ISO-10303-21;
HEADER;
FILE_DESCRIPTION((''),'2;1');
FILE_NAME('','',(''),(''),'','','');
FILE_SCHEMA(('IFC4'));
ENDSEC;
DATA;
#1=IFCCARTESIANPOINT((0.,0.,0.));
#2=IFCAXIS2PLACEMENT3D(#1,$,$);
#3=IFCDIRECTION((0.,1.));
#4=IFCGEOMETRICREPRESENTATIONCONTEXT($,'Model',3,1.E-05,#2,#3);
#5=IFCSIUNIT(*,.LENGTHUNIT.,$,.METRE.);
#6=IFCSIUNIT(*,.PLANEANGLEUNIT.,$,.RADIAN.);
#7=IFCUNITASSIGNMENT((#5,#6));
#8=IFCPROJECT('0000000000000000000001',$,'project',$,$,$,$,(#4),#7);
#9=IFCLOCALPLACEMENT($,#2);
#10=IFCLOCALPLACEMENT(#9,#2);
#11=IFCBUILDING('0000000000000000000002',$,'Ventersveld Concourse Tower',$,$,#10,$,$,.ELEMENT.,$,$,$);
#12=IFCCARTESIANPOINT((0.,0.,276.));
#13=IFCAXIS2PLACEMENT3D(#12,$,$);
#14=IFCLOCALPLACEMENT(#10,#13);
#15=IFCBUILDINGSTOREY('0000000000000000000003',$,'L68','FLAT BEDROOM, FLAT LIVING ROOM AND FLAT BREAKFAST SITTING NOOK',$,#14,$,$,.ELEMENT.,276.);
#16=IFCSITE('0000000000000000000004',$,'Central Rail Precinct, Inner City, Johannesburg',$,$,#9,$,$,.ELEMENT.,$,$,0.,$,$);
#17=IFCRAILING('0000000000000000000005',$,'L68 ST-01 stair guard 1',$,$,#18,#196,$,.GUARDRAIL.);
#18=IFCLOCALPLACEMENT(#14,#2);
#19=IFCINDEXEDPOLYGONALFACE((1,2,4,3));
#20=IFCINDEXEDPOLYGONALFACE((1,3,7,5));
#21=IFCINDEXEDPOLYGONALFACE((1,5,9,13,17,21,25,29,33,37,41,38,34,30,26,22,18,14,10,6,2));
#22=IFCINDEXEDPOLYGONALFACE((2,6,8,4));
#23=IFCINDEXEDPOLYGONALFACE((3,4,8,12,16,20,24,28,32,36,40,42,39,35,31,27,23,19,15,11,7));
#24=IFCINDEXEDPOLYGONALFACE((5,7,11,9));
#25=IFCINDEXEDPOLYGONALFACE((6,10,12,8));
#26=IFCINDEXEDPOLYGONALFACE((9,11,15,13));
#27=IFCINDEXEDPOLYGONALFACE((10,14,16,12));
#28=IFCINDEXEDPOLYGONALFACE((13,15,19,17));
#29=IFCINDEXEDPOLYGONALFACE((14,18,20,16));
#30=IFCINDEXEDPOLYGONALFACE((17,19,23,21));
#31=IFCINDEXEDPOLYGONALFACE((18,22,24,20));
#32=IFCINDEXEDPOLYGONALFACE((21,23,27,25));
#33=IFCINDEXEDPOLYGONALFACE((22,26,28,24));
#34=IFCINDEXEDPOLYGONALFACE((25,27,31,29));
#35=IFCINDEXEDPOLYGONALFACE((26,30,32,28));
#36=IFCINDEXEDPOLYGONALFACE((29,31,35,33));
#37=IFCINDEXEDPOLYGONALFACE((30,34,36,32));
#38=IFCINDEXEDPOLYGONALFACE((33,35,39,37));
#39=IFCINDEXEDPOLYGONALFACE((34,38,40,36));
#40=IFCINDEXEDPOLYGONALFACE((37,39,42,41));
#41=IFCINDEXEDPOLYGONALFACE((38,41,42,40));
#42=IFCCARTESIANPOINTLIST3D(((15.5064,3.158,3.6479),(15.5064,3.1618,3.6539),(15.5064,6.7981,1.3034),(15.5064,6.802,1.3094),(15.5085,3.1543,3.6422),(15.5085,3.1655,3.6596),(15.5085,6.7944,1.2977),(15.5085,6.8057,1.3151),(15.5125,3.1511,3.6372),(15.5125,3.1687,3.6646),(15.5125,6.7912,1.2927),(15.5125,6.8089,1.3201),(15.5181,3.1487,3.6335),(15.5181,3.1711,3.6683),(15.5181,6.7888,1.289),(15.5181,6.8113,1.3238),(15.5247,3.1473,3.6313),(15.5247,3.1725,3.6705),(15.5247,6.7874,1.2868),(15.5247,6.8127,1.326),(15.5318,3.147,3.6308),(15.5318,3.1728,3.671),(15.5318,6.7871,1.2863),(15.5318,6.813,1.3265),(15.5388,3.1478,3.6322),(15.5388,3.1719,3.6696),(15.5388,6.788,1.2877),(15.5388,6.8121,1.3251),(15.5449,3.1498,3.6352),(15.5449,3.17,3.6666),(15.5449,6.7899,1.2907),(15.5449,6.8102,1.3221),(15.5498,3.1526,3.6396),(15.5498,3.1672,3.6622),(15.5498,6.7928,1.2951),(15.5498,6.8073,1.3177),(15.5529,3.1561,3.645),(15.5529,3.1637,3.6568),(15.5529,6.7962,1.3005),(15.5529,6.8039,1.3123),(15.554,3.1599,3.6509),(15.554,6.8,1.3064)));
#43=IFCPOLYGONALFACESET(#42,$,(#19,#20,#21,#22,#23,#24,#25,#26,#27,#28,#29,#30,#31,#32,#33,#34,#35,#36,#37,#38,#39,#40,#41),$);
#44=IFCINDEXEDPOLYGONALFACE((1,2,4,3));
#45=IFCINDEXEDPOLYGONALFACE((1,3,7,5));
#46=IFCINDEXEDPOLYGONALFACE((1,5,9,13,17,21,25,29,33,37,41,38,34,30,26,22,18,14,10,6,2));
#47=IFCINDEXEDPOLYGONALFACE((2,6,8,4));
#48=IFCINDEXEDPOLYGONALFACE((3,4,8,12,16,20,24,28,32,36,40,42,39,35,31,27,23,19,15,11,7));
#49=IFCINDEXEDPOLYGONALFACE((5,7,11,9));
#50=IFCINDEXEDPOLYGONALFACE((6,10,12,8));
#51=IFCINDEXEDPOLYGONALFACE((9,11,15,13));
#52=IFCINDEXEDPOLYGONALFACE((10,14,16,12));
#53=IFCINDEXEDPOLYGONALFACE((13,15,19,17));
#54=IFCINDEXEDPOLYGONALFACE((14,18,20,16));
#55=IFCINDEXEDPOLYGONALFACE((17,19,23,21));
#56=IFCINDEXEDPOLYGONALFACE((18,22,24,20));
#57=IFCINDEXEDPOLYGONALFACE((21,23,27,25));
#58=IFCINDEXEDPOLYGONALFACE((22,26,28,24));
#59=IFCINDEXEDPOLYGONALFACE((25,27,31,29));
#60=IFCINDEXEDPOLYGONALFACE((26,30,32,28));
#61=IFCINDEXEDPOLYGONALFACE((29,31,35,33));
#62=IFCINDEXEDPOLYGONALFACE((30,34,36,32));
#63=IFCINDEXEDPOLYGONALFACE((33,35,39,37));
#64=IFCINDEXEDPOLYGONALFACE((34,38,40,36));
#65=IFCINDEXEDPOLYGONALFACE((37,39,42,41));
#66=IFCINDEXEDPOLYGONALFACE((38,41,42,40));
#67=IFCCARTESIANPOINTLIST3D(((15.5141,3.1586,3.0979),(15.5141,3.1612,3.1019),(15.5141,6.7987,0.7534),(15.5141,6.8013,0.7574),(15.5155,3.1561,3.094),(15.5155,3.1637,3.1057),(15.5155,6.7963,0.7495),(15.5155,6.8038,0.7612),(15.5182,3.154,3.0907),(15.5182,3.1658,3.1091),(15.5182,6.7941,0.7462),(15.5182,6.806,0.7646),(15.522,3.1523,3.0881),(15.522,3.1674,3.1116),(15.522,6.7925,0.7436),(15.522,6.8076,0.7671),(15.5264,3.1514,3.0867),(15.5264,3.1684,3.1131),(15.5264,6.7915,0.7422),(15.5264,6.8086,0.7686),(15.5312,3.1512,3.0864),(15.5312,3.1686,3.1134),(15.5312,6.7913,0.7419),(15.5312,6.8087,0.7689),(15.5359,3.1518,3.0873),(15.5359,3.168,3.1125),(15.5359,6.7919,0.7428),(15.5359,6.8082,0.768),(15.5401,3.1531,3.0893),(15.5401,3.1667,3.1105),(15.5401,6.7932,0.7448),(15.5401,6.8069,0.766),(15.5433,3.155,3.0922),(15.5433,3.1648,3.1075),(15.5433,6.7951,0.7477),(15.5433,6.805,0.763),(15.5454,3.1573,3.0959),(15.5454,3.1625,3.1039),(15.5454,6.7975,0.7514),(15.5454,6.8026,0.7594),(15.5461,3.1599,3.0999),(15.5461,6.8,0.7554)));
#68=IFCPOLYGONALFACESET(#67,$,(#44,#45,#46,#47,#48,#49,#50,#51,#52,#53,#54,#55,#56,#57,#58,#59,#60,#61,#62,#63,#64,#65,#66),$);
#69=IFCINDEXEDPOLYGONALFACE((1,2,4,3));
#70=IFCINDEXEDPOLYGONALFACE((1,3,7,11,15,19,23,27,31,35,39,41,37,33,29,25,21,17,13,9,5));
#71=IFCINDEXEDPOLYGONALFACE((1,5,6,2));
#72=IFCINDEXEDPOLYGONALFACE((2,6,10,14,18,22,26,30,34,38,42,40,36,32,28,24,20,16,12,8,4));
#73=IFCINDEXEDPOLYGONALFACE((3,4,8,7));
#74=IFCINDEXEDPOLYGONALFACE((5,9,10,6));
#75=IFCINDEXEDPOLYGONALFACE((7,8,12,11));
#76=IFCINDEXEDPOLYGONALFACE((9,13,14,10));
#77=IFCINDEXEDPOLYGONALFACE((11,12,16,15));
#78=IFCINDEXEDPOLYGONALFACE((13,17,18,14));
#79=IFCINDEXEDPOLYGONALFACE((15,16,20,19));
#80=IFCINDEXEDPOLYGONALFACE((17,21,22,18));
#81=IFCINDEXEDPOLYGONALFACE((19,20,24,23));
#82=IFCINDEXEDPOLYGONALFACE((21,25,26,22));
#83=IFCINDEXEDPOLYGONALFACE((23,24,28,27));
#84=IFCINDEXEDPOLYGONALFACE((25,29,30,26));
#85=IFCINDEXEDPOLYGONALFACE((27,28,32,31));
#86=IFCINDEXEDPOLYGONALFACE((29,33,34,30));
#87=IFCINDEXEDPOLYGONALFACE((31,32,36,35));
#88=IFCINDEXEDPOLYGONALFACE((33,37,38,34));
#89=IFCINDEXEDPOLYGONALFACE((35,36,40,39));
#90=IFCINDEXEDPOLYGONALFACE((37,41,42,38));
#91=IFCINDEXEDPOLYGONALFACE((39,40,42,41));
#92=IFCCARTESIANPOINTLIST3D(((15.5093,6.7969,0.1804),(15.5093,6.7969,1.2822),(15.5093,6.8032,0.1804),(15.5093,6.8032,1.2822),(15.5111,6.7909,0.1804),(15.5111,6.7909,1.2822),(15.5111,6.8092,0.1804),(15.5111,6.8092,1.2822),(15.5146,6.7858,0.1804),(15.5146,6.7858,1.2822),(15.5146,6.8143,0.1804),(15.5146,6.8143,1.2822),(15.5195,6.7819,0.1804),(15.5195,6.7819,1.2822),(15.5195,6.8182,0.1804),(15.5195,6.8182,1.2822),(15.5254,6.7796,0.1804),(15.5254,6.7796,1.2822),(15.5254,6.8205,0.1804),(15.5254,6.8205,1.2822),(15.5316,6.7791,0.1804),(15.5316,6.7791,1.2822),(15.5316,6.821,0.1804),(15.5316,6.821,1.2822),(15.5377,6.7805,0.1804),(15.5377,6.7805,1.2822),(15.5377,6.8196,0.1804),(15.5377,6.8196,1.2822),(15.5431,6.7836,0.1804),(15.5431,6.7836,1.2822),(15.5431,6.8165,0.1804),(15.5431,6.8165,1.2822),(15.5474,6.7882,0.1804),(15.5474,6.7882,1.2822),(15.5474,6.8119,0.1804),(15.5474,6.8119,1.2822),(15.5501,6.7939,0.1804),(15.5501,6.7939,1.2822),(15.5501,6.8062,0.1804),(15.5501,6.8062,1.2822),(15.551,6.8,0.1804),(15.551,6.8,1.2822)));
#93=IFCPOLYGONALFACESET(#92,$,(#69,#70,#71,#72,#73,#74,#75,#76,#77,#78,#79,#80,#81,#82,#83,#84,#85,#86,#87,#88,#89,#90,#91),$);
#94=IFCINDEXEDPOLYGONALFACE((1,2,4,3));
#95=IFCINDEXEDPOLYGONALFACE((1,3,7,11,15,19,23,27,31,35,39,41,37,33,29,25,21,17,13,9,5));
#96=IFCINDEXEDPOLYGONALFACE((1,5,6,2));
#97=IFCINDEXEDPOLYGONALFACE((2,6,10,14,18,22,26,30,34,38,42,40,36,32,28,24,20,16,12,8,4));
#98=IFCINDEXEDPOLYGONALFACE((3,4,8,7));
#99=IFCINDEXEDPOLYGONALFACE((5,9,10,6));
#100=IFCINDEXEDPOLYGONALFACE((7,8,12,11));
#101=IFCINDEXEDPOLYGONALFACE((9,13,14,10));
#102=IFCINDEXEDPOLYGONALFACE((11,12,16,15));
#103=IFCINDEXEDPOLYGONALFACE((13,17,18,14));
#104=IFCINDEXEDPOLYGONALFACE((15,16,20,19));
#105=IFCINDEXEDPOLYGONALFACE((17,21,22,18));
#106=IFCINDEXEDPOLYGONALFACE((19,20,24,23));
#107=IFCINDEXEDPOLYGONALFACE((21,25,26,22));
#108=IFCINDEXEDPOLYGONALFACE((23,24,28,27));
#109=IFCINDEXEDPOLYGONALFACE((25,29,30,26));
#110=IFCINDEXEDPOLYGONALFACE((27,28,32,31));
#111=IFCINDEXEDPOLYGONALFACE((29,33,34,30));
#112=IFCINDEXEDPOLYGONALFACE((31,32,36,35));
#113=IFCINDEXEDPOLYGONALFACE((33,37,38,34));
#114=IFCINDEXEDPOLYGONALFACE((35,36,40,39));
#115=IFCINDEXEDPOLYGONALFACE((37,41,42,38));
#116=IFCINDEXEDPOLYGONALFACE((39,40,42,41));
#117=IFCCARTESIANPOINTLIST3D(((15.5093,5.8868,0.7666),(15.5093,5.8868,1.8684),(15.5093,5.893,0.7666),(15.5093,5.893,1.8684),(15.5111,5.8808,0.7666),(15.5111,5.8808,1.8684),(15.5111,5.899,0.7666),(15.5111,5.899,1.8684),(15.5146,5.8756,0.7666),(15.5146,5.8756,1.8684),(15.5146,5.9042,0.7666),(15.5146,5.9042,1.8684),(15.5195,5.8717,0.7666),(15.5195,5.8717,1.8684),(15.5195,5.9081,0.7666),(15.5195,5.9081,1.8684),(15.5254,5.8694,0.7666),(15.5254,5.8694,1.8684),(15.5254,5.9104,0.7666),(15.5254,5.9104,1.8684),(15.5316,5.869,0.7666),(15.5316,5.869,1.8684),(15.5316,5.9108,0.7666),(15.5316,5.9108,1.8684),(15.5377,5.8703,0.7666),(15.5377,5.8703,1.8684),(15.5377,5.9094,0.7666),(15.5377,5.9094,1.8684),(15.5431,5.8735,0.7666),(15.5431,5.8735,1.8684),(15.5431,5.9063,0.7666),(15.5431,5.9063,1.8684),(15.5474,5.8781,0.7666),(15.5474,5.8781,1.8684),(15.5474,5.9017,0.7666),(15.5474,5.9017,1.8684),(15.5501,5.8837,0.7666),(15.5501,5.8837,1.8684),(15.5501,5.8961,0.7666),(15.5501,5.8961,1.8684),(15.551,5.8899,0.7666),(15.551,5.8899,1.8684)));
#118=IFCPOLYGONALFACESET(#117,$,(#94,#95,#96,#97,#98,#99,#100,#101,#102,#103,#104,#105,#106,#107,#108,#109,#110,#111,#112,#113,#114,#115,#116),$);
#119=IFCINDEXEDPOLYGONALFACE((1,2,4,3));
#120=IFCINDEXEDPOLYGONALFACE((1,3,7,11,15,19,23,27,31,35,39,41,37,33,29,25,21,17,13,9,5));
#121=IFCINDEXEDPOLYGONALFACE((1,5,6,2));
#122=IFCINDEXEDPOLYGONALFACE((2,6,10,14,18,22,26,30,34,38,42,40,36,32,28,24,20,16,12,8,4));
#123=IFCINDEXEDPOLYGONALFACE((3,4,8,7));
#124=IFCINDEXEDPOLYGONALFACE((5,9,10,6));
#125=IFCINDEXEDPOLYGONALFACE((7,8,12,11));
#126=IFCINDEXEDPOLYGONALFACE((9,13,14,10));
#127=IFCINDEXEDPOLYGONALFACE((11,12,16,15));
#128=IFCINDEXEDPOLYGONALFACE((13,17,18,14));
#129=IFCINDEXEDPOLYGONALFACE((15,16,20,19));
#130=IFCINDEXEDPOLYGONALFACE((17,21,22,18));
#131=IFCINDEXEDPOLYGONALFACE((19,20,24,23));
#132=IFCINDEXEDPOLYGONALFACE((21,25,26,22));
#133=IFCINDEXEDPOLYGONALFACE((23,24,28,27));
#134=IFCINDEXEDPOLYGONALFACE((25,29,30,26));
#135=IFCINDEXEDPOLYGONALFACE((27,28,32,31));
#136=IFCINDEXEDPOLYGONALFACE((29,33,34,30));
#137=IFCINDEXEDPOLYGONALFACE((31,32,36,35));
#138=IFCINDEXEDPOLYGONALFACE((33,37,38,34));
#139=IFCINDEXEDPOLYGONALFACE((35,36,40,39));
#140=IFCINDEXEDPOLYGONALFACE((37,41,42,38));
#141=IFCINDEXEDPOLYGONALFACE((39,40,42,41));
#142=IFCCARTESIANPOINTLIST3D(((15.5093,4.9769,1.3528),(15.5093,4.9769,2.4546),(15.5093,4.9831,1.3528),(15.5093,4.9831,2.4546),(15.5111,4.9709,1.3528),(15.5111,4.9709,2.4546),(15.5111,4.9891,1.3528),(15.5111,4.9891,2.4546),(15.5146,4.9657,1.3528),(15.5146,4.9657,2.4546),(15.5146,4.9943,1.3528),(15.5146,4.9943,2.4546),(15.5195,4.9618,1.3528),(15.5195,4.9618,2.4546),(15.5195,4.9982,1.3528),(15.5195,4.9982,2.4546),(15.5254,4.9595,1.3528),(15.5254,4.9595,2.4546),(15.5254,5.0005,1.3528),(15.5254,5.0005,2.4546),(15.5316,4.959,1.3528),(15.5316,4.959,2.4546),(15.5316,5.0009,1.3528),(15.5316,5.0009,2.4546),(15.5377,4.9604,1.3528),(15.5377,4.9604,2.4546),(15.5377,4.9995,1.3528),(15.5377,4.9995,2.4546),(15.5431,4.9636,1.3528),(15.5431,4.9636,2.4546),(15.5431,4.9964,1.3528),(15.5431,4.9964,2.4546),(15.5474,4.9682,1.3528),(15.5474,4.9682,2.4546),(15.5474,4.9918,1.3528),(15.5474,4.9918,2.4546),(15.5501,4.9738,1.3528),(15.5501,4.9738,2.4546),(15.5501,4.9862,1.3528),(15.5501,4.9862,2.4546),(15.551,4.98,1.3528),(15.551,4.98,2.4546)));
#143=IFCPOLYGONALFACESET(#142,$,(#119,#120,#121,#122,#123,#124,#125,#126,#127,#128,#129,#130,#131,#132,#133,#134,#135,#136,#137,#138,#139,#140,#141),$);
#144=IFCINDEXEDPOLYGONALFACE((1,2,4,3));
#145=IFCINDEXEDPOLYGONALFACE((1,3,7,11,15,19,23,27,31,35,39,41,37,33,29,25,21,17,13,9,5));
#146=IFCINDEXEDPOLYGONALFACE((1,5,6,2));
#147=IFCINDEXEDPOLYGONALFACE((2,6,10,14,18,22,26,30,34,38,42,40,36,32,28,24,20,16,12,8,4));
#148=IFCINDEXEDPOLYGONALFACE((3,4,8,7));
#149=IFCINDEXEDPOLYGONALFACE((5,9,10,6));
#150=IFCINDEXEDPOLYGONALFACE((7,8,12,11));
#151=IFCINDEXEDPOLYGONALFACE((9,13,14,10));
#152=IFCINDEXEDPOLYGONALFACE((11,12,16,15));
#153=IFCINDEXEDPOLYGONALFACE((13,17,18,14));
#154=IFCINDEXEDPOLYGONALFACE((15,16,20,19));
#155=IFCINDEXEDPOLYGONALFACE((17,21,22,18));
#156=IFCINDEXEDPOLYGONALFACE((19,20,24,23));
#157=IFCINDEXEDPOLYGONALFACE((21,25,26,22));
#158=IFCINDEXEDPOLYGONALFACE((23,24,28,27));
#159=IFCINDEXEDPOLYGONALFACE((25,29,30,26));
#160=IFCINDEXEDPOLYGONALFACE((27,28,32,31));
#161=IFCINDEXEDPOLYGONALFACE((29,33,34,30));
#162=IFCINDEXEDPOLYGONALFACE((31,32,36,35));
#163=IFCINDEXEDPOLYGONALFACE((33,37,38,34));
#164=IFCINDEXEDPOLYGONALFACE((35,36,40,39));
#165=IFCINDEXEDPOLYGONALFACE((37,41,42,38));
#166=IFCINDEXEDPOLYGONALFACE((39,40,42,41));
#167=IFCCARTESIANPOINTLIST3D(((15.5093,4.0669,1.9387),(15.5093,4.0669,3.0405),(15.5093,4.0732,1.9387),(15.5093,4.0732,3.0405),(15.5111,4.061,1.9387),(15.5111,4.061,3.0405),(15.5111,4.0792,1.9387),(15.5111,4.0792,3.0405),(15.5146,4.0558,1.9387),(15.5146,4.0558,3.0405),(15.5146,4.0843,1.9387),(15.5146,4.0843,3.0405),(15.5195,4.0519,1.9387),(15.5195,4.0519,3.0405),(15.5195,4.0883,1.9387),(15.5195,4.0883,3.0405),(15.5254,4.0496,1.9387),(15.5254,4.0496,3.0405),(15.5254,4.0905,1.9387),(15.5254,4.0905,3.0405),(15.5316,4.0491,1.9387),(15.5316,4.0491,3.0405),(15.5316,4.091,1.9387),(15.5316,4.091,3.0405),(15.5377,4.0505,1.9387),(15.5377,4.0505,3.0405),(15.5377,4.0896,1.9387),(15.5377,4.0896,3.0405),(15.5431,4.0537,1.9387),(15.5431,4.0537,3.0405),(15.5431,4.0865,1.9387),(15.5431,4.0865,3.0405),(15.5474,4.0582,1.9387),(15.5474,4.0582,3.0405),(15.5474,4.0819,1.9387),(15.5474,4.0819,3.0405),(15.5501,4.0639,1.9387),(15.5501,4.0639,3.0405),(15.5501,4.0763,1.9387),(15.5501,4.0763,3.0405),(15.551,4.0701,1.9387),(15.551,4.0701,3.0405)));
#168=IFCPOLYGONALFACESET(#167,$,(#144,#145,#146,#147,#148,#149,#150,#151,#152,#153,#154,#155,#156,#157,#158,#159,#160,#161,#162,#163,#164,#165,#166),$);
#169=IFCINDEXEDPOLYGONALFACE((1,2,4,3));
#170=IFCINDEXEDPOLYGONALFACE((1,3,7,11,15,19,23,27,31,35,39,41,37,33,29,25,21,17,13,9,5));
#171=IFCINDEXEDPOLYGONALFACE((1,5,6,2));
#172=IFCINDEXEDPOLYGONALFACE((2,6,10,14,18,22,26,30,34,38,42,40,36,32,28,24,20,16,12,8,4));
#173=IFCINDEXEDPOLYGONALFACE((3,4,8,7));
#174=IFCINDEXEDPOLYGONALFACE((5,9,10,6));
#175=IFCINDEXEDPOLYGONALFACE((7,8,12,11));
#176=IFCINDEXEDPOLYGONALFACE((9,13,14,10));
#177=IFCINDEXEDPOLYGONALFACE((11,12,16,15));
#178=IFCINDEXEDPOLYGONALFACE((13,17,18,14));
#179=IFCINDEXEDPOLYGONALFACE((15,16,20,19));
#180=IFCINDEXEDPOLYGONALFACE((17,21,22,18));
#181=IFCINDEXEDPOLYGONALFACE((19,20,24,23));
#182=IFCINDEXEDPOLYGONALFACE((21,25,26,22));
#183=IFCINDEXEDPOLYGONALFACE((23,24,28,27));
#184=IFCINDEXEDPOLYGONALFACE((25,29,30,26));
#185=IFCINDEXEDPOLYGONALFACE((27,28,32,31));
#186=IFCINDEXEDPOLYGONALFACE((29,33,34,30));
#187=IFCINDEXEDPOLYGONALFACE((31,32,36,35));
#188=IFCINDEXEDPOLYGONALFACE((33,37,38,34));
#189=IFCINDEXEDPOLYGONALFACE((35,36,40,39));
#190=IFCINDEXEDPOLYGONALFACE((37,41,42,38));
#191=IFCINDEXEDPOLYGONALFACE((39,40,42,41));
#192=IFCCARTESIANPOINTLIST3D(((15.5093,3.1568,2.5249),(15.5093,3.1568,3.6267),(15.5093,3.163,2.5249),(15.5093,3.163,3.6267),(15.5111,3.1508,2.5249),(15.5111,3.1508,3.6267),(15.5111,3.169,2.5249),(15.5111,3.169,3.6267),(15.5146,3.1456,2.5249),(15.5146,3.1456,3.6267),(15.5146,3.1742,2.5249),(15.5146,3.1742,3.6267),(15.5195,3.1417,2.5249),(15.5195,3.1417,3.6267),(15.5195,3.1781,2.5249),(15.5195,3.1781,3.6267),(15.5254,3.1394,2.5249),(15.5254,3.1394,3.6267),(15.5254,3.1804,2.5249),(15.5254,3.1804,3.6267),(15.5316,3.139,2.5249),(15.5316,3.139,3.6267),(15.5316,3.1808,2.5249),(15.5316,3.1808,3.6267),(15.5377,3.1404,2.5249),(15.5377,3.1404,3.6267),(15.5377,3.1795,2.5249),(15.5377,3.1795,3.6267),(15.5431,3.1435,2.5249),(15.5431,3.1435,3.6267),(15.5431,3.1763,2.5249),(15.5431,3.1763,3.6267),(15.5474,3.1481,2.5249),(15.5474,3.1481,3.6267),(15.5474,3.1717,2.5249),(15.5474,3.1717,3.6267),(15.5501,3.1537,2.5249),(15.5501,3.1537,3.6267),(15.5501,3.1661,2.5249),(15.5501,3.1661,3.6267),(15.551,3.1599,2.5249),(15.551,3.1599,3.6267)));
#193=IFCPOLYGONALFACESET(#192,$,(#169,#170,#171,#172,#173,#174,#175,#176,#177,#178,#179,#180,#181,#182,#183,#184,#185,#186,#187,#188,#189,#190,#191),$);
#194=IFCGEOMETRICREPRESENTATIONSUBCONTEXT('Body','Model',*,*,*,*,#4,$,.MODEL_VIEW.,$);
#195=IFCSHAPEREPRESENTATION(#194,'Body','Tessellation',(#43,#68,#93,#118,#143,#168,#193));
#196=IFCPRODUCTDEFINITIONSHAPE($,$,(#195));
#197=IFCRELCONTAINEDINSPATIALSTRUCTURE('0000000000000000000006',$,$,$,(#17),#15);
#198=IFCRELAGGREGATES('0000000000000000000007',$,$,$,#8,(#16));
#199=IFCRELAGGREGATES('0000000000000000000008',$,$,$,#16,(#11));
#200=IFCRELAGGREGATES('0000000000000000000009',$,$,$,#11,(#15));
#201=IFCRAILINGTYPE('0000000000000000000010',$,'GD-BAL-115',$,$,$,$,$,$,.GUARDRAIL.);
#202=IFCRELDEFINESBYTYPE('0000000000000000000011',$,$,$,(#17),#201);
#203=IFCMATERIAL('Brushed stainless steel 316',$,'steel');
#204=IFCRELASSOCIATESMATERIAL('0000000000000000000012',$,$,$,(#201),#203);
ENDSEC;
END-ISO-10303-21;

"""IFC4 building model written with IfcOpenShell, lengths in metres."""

from ifc_helpers import new_model, si_unit, direction, frame, origin, origin_2d, place, context, subcontext, project, spatial, circle, extrude, material, type_object, element, save


model = new_model("IFC4")

# Units and contexts
model_context = context("Model", 3, precision=1e-05, world=origin(), true_north=direction((0.0, 1.0)))
body_context = subcontext(model_context, "Body", "Model", "MODEL_VIEW")
ifc_project = project(units=[si_unit("LENGTHUNIT", "METRE"), si_unit("PLANEANGLEUNIT", "RADIAN")], contexts=[model_context])

# Site, building, storey
site_placement = place(None, origin())
site = spatial("IfcSite", under=ifc_project, at=site_placement, Name="Central Rail Precinct, Inner City, Johannesburg", CompositionType="ELEMENT", RefElevation=0.0)
building_placement = place(site_placement, origin())
building = spatial("IfcBuilding", under=site, at=building_placement, Name="Ventersveld Concourse Tower", CompositionType="ELEMENT")
storey_placement = place(building_placement, frame((0.0, 0.0, 276.0)))
storey = spatial("IfcBuildingStorey", under=building, at=storey_placement, Name="L68", Description="FLAT BEDROOM, FLAT LIVING ROOM AND FLAT BREAKFAST SITTING NOOK", CompositionType="ELEMENT", Elevation=276.0)

# Shared definitions
ifc_material_1 = material(Name="Brushed stainless steel 316", Category="steel")

# Railing
railing_type_1 = type_object("IfcRailingType", Name="GD-BAL-115", PredefinedType="GUARDRAIL", material=ifc_material_1)
railing_1_placement = place(storey_placement, frame((15.53, 6.8, 0.1804)))
element("IfcRailing", 1, at=railing_1_placement, inside=storey, type_object=railing_type_1, Name="L68 ST-01 stair guard 1", PredefinedType="GUARDRAIL", context=body_context, shape_type="SweptSolid", body=[
    extrude(circle(Radius=0.0239, at=origin_2d()), frame((0.0, 0.0, 1.126), z_axis=(0.0, -0.840716, 0.541476), x_axis=(1.0, 0.0, 0.0)), (0.0, 0.0, 1.0), 4.3298),
    extrude(circle(Radius=0.0161, at=origin_2d()), frame((0.0, 0.0, 0.575), z_axis=(0.0, -0.840716, 0.541476), x_axis=(1.0, 0.0, 0.0)), (0.0, 0.0, 1.0), 4.3298),
    extrude(circle(Radius=0.021, at=origin_2d()), origin(), (0.0, 0.0, 1.0), 1.1018),
    extrude(circle(Radius=0.021, at=origin_2d()), frame((0.0, -0.9102, 0.5862)), (0.0, 0.0, 1.0), 1.1018),
    extrude(circle(Radius=0.021, at=origin_2d()), frame((0.0, -1.8201, 1.1724)), (0.0, 0.0, 1.0), 1.1018),
    extrude(circle(Radius=0.021, at=origin_2d()), frame((0.0, -2.73, 1.7583)), (0.0, 0.0, 1.0), 1.1018),
    extrude(circle(Radius=0.021, at=origin_2d()), frame((0.0, -3.6401, 2.3445)), (0.0, 0.0, 1.0), 1.1018),
])

save(model, "model.ifc")
